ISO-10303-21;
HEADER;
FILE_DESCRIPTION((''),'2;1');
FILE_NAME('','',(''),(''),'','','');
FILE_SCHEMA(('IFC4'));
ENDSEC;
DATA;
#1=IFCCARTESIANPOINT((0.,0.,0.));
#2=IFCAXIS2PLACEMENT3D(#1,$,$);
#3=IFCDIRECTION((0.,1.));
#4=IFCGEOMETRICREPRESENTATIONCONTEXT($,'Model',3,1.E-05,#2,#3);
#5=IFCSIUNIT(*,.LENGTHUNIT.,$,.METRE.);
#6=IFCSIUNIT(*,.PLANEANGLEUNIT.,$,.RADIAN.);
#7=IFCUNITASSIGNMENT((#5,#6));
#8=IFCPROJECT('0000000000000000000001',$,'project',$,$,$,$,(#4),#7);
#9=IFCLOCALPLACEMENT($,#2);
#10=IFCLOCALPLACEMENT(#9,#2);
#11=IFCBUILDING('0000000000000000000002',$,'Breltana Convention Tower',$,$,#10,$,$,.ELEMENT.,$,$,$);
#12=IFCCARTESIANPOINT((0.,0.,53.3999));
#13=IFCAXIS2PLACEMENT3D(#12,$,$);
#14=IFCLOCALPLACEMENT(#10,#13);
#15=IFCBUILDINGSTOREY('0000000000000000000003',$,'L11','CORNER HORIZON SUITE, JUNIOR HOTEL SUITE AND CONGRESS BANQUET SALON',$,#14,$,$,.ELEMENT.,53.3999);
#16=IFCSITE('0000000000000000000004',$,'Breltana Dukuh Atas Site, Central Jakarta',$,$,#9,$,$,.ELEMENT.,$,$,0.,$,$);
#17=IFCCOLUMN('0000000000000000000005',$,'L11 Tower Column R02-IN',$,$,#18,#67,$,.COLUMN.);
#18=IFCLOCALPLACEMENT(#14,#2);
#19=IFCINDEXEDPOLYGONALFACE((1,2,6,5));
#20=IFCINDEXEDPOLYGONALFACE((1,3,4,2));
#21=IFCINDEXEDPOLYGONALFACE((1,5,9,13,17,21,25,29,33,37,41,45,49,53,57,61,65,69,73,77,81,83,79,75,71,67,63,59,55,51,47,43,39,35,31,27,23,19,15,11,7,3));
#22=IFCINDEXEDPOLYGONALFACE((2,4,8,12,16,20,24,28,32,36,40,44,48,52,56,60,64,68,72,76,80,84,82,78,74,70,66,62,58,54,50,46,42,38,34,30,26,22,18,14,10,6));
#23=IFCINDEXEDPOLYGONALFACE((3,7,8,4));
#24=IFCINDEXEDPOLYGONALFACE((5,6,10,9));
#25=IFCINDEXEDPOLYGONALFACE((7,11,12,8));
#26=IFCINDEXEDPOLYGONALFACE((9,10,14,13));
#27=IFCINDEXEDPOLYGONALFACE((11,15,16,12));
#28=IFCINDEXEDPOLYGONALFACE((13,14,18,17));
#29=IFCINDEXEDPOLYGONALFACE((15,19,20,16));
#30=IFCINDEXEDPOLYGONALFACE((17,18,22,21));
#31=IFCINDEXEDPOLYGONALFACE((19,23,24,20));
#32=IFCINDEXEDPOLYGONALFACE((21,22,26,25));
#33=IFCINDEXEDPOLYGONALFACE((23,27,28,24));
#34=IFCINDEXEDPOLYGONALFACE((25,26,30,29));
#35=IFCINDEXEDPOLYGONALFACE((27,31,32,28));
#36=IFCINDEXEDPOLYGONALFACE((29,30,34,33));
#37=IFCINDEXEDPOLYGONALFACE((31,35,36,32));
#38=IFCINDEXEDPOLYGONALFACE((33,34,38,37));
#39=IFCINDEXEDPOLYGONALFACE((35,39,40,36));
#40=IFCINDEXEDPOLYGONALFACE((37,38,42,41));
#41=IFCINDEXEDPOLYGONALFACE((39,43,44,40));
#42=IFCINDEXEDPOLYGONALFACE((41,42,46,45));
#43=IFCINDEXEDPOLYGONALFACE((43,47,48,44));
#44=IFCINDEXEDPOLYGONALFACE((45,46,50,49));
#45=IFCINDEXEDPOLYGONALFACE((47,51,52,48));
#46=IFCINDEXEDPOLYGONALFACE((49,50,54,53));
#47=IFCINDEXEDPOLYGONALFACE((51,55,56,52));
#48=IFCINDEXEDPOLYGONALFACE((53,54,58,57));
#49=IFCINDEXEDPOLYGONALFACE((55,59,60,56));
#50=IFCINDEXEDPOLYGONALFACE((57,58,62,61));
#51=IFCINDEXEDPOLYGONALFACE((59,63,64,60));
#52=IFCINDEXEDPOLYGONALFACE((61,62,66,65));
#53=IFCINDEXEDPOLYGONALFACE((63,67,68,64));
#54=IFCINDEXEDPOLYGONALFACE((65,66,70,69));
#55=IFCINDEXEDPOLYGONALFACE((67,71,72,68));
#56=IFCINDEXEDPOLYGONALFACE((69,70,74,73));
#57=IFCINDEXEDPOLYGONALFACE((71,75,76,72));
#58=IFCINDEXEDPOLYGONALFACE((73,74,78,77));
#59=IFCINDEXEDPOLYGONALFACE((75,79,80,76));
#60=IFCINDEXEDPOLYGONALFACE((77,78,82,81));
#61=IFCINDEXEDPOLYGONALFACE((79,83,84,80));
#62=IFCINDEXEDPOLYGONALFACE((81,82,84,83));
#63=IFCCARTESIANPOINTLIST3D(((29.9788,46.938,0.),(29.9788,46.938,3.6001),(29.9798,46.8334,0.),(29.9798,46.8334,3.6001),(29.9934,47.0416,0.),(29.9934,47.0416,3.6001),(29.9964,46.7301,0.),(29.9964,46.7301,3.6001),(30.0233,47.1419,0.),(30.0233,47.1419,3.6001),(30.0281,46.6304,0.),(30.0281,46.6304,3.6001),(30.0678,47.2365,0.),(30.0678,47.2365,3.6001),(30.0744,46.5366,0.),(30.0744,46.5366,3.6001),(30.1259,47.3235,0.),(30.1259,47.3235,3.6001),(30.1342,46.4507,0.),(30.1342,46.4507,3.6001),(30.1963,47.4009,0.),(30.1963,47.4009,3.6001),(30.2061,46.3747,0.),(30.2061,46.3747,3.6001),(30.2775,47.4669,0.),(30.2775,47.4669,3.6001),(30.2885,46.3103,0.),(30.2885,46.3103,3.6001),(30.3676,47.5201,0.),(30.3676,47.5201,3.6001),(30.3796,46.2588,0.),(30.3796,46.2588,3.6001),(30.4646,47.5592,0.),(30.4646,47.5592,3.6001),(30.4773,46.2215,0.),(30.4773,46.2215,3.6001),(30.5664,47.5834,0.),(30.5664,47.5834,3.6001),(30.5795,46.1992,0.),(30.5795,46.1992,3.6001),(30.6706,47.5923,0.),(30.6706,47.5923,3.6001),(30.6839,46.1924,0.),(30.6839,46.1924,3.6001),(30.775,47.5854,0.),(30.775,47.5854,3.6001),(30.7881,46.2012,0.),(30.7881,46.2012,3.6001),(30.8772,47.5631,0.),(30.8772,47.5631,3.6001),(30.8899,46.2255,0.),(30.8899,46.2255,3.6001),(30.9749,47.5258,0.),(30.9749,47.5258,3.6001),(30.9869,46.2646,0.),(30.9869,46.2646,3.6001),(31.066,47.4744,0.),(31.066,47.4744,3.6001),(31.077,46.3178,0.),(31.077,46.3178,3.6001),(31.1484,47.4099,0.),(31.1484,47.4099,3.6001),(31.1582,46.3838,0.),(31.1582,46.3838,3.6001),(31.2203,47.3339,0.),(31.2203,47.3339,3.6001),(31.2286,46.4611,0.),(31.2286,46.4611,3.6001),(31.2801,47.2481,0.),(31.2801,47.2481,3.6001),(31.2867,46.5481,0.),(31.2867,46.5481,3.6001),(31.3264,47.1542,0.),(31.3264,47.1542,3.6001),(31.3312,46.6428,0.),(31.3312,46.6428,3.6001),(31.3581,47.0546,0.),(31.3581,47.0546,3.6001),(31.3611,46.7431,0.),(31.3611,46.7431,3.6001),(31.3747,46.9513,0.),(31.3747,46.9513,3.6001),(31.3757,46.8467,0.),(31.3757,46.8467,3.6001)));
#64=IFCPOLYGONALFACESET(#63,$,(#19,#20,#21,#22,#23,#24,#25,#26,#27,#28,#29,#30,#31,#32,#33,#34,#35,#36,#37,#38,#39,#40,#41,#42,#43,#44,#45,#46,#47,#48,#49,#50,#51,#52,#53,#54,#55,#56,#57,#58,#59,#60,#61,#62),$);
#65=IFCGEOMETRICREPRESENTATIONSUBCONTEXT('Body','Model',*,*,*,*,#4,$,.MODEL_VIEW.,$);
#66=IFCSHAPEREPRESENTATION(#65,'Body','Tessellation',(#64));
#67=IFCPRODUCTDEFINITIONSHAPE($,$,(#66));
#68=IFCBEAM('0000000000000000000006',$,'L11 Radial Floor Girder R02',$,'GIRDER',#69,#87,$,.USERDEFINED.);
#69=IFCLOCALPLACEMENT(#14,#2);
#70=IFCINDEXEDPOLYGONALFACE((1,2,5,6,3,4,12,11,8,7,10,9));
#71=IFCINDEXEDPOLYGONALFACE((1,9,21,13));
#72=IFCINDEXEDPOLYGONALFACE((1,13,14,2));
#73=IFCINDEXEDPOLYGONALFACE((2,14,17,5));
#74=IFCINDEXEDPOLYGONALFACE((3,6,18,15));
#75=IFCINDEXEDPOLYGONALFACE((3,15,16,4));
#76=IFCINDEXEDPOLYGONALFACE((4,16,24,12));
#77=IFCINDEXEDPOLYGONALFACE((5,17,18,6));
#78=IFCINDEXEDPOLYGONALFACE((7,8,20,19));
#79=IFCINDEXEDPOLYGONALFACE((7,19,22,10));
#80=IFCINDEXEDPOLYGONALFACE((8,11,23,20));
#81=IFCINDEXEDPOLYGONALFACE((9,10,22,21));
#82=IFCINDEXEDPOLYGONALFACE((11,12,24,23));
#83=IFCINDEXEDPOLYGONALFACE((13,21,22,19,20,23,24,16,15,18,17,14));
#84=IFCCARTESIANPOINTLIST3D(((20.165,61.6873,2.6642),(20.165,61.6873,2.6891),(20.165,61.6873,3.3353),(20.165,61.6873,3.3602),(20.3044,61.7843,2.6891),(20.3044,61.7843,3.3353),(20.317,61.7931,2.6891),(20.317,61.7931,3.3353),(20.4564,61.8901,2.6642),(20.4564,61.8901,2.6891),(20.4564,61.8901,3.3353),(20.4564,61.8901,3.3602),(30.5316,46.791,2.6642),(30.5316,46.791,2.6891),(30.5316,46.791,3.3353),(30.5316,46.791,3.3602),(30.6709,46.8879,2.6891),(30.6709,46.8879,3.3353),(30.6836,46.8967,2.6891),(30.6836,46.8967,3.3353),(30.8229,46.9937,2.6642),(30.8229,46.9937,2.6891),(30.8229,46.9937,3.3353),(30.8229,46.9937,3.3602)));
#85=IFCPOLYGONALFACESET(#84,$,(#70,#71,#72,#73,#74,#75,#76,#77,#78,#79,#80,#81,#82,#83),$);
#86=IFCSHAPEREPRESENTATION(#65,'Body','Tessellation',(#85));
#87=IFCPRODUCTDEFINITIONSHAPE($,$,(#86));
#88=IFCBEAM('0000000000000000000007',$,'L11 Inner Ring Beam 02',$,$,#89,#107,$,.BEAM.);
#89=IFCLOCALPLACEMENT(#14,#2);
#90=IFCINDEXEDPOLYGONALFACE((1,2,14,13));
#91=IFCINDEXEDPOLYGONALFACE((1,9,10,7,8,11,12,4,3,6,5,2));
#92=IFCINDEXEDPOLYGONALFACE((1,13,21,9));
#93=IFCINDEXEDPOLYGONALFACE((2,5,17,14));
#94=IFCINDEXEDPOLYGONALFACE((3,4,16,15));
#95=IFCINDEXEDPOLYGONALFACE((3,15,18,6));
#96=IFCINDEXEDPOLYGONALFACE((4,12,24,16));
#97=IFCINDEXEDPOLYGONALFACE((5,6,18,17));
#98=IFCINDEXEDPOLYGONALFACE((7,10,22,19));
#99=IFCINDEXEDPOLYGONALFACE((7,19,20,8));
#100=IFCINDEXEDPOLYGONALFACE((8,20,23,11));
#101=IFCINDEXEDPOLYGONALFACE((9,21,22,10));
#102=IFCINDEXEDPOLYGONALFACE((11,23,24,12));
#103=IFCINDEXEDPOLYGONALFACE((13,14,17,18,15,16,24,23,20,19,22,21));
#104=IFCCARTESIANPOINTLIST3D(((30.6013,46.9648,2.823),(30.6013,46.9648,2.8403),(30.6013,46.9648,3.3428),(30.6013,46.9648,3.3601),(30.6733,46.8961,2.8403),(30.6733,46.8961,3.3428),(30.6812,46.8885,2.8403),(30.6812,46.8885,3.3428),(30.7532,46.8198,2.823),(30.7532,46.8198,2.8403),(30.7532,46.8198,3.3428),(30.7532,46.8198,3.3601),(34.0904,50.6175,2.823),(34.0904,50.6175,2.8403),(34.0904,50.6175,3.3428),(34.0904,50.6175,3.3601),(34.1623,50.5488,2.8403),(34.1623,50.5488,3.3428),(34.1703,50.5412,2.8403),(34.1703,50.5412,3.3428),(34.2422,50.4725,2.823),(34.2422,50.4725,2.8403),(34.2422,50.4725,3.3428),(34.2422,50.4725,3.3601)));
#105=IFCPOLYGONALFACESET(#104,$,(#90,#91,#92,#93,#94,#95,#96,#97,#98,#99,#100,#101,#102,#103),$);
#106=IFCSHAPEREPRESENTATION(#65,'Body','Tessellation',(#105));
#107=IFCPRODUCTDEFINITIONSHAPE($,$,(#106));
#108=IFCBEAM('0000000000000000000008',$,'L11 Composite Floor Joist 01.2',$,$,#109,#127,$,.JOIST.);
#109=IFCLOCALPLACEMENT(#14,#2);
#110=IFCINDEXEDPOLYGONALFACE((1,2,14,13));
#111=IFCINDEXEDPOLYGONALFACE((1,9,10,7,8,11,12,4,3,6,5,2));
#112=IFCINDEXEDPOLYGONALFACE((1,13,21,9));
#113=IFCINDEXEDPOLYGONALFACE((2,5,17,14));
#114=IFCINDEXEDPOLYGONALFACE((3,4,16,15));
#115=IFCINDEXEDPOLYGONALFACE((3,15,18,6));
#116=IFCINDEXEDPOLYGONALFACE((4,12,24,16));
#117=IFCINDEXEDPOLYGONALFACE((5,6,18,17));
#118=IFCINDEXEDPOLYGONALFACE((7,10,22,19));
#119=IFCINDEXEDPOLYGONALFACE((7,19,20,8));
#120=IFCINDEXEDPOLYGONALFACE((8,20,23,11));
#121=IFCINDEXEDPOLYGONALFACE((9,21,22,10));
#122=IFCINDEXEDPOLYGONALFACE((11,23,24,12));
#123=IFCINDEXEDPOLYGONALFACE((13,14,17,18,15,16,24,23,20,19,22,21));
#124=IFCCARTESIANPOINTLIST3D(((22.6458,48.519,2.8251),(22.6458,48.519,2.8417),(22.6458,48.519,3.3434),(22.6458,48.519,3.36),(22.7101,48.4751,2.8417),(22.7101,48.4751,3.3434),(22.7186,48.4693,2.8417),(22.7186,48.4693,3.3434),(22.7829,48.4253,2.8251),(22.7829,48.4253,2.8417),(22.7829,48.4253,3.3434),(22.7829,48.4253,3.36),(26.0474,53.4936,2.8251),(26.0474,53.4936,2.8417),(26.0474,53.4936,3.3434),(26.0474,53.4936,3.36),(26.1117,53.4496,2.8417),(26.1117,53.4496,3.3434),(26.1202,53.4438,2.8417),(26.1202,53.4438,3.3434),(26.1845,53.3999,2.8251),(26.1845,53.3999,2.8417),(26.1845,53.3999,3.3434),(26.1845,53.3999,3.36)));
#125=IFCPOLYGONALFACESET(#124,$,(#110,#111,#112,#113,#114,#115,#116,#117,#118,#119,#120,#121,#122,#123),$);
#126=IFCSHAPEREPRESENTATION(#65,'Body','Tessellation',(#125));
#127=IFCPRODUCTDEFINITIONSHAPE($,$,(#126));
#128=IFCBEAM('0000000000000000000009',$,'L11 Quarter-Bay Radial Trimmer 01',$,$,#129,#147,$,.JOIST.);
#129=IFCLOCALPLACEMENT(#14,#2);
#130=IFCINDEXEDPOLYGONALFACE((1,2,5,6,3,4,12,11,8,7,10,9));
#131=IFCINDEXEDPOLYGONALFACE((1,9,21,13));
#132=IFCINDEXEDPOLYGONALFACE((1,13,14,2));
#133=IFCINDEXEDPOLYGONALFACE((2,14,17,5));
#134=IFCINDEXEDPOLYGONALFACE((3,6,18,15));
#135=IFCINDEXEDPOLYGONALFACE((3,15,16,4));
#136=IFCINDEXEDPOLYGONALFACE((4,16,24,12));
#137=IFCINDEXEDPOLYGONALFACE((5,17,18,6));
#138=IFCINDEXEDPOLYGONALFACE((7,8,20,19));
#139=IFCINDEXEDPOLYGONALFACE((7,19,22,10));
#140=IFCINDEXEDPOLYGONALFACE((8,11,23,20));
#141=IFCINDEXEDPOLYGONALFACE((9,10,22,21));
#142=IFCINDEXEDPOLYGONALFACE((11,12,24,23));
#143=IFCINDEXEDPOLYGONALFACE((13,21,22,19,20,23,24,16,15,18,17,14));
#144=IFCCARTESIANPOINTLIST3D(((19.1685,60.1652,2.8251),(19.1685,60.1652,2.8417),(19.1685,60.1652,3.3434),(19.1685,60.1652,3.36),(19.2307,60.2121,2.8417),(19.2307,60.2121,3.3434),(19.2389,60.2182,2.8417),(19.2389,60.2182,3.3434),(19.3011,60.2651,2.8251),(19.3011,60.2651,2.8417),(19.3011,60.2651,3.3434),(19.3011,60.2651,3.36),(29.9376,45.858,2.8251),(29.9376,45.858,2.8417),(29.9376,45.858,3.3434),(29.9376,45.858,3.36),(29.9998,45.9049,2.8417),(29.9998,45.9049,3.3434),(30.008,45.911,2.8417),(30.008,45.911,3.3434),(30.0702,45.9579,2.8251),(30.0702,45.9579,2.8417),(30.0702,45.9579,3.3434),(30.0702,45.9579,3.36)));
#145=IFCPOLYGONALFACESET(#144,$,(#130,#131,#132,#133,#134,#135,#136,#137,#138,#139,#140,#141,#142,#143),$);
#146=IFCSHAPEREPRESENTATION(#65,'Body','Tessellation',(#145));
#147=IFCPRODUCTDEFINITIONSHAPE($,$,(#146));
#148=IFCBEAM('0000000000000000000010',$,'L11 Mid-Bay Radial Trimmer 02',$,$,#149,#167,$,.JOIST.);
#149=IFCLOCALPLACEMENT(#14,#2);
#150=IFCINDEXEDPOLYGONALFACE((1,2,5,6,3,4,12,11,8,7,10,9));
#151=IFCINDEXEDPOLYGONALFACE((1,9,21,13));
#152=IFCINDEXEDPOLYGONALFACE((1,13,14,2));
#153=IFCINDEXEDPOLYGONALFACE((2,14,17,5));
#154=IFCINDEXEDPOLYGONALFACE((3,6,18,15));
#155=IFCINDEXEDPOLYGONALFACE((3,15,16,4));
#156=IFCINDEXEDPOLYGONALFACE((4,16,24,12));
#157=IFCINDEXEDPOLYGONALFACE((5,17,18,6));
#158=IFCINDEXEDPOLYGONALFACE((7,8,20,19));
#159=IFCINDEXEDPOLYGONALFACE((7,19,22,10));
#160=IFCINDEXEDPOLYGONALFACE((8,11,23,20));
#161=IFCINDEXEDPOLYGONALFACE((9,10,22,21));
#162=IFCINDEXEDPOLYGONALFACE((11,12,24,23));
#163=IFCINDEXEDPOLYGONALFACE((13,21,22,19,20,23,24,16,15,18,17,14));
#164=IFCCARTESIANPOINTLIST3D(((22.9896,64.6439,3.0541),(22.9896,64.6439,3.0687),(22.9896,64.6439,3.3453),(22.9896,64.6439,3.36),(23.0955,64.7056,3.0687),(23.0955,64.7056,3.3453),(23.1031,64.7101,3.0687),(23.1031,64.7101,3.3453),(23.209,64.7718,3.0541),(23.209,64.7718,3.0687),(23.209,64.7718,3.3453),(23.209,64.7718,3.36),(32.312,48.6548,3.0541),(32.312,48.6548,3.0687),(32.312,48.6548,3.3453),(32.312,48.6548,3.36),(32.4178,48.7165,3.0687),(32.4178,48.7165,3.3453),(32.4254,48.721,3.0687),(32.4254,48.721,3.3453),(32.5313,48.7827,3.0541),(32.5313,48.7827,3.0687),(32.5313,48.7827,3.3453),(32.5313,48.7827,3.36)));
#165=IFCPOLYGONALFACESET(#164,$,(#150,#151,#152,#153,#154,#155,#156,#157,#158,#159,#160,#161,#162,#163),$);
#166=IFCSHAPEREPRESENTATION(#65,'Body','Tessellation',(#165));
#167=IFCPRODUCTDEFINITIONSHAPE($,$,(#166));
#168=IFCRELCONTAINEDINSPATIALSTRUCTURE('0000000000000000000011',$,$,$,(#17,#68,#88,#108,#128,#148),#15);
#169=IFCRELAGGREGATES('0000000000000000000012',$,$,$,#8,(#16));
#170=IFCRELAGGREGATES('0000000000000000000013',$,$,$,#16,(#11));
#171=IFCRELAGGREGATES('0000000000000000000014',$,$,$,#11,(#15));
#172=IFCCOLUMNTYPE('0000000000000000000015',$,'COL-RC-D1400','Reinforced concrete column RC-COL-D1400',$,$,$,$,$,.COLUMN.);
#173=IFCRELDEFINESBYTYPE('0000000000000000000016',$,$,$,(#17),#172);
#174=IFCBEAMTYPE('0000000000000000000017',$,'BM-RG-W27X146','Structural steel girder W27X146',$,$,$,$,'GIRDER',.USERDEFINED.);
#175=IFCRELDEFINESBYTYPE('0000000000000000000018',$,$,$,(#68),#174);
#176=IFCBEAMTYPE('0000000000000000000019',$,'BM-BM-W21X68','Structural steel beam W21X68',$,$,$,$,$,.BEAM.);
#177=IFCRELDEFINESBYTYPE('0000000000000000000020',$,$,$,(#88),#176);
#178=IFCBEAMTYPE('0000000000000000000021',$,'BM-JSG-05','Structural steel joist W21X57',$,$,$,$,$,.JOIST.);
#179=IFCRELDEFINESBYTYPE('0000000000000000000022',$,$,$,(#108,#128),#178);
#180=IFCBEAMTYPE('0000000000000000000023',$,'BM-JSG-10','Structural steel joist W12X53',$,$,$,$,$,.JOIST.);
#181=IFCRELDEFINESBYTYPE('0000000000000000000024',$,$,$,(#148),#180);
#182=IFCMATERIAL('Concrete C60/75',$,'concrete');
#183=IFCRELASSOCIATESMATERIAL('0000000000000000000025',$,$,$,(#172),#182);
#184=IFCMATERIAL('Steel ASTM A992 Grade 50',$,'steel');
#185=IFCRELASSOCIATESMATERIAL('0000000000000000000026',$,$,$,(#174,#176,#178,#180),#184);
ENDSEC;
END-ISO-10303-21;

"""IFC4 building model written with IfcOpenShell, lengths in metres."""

from ifc_helpers import new_model, si_unit, direction, frame, origin, origin_2d, place, context, subcontext, project, spatial, circle, i_section, extrude, source, transform, mapped, material, material_profile, profile_set, type_object, element, save


model = new_model("IFC4")

# Units and contexts
model_context = context("Model", 3, precision=1e-05, world=origin(), true_north=direction((0.0, 1.0)))
body_context = subcontext(model_context, "Body", "Model", "MODEL_VIEW")
ifc_project = project(units=[si_unit("LENGTHUNIT", "METRE"), si_unit("PLANEANGLEUNIT", "RADIAN")], contexts=[model_context])

# Site, building, storey
site_placement = place(None, origin())
site = spatial("IfcSite", under=ifc_project, at=site_placement, Name="Breltana Dukuh Atas Site, Central Jakarta", CompositionType="ELEMENT", RefElevation=0.0)
building_placement = place(site_placement, origin())
building = spatial("IfcBuilding", under=site, at=building_placement, Name="Breltana Convention Tower", CompositionType="ELEMENT")
storey_placement = place(building_placement, frame((0.0, 0.0, 53.3999)))
storey = spatial("IfcBuildingStorey", under=building, at=storey_placement, Name="L11", Description="CORNER HORIZON SUITE, JUNIOR HOTEL SUITE AND CONGRESS BANQUET SALON", CompositionType="ELEMENT", Elevation=53.3999)

# Column
ifc_material_1 = material(Name="Concrete C60/75", Category="concrete")
ifc_material_profile_1 = material_profile(ifc_material_1, circle(Radius=0.7, at=origin_2d()), Name="RC-COL-D1400")
ifc_profile_set_1 = profile_set([ifc_material_profile_1], Name="Concrete C60/75")
column_type = type_object("IfcColumnType", Name="COL-RC-D1400", Description="Reinforced concrete column RC-COL-D1400", PredefinedType="COLUMN", material=ifc_profile_set_1)
shared_shape_1 = source(origin(), body_context, "Body", "SweptSolid", [
    extrude(circle(Radius=0.7, at=origin_2d()), origin(), (0.0, 0.0, 1.0), 3.6001),
])
column_placement = place(storey_placement, frame((30.6772, 46.8923, 0.0), z_axis=(0.0, 0.0, 1.0), x_axis=(-0.571143, 0.82085, 0.0)))
element("IfcColumn", 1, at=column_placement, inside=storey, type_object=column_type, Name="L11 Tower Column R02-IN", PredefinedType="COLUMN", context=body_context, shape_type="MappedRepresentation", body=[
    mapped(shared_shape_1, transform((0.0, 0.0, 0.0), scale=1.0)),
])

# Beams
ifc_material_2 = material(Name="Steel ASTM A992 Grade 50", Category="steel")
ifc_material_profile_2 = material_profile(ifc_material_2, i_section(OverallWidth=0.355, OverallDepth=0.696, WebThickness=0.0154, FlangeThickness=0.0249, at=origin_2d()), Name="W27X146")
ifc_profile_set_2 = profile_set([ifc_material_profile_2], Name="Steel ASTM A992 Grade 50")
beam_type_1 = type_object("IfcBeamType", Name="BM-RG-W27X146", Description="Structural steel girder W27X146", ElementType="GIRDER", PredefinedType="USERDEFINED", material=ifc_profile_set_2)
shared_shape_2 = source(origin(), body_context, "Body", "SweptSolid", [
    extrude(i_section(OverallWidth=0.355, OverallDepth=0.696, WebThickness=0.0154, FlangeThickness=0.0249, at=origin_2d()), origin(), (0.0, 0.0, 1.0), 18.1484),
])
beam_1_placement = place(storey_placement, frame((30.6772, 46.8923, 3.0122), z_axis=(-0.571208, 0.820806, 0.0), x_axis=(-0.820806, -0.571208, 0.0)))
element("IfcBeam", 2, at=beam_1_placement, inside=storey, type_object=beam_type_1, Name="L11 Radial Floor Girder R02", ObjectType="GIRDER", PredefinedType="USERDEFINED", context=body_context, shape_type="MappedRepresentation", body=[
    mapped(shared_shape_2, transform((0.0, 0.0, 0.0), scale=1.0)),
])
ifc_material_profile_3 = material_profile(ifc_material_2, i_section(OverallWidth=0.21, OverallDepth=0.5371, WebThickness=0.011, FlangeThickness=0.0173, at=origin_2d()), Name="W21X68")
ifc_profile_set_3 = profile_set([ifc_material_profile_3], Name="Steel ASTM A992 Grade 50")
beam_type_2 = type_object("IfcBeamType", Name="BM-BM-W21X68", Description="Structural steel beam W21X68", PredefinedType="BEAM", material=ifc_profile_set_3)
shared_shape_3 = source(origin(), body_context, "Body", "SweptSolid", [
    extrude(i_section(OverallWidth=0.21, OverallDepth=0.5371, WebThickness=0.011, FlangeThickness=0.0173, at=origin_2d()), origin(), (0.0, 0.0, 1.0), 5.0513),
])
beam_2_placement = place(storey_placement, frame((30.6772, 46.8923, 3.0916), z_axis=(0.69073, 0.723113, 0.0), x_axis=(-0.723113, 0.69073, 0.0)))
element("IfcBeam", 3, at=beam_2_placement, inside=storey, type_object=beam_type_2, Name="L11 Inner Ring Beam 02", PredefinedType="BEAM", context=body_context, shape_type="MappedRepresentation", body=[
    mapped(shared_shape_3, transform((0.0, 0.0, 0.0), scale=1.0)),
])
ifc_material_profile_4 = material_profile(ifc_material_2, i_section(OverallWidth=0.166, OverallDepth=0.5349, WebThickness=0.0103, FlangeThickness=0.0166, at=origin_2d()), Name="W21X57")
ifc_profile_set_4 = profile_set([ifc_material_profile_4], Name="Steel ASTM A992 Grade 50")
beam_type_3 = type_object("IfcBeamType", Name="BM-JSG-05", Description="Structural steel joist W21X57", PredefinedType="JOIST", material=ifc_profile_set_4)
shared_shape_4 = source(origin(), body_context, "Body", "SweptSolid", [
    extrude(i_section(OverallWidth=0.166, OverallDepth=0.5349, WebThickness=0.0103, FlangeThickness=0.0166, at=origin_2d()), origin(), (0.0, 0.0, 1.0), 6.0264),
])
beam_3_placement = place(storey_placement, frame((22.7144, 48.4722, 3.0925), z_axis=(0.56445, 0.825467, 0.0), x_axis=(-0.825467, 0.56445, 0.0)))
element("IfcBeam", 4, at=beam_3_placement, inside=storey, type_object=beam_type_3, Name="L11 Composite Floor Joist 01.2", PredefinedType="JOIST", context=body_context, shape_type="MappedRepresentation", body=[
    mapped(shared_shape_4, transform((0.0, 0.0, 0.0), scale=1.0)),
])
shared_shape_5 = source(origin(), body_context, "Body", "SweptSolid", [
    extrude(i_section(OverallWidth=0.166, OverallDepth=0.5349, WebThickness=0.0103, FlangeThickness=0.0166, at=origin_2d()), origin(), (0.0, 0.0, 1.0), 17.9072),
])
beam_4_placement = place(storey_placement, frame((30.0039, 45.908, 3.0925), z_axis=(-0.601382, 0.798962, 0.0), x_axis=(-0.798962, -0.601382, 0.0)))
element("IfcBeam", 5, at=beam_4_placement, inside=storey, type_object=beam_type_3, Name="L11 Quarter-Bay Radial Trimmer 01", PredefinedType="JOIST", context=body_context, shape_type="MappedRepresentation", body=[
    mapped(shared_shape_5, transform((0.0, 0.0, 0.0), scale=1.0)),
])
ifc_material_profile_5 = material_profile(ifc_material_2, i_section(OverallWidth=0.2539, OverallDepth=0.3059, WebThickness=0.0088, FlangeThickness=0.0146, at=origin_2d()), Name="W12X53")
ifc_profile_set_5 = profile_set([ifc_material_profile_5], Name="Steel ASTM A992 Grade 50")
beam_type_4 = type_object("IfcBeamType", Name="BM-JSG-10", Description="Structural steel joist W12X53", PredefinedType="JOIST", material=ifc_profile_set_5)
shared_shape_6 = source(origin(), body_context, "Body", "SweptSolid", [
    extrude(i_section(OverallWidth=0.2539, OverallDepth=0.3059, WebThickness=0.0088, FlangeThickness=0.0146, at=origin_2d()), origin(), (0.0, 0.0, 1.0), 18.5083),
])
beam_5_placement = place(storey_placement, frame((32.4216, 48.7188, 3.207), z_axis=(-0.503683, 0.863888, 0.0), x_axis=(-0.863888, -0.503683, 0.0)))
element("IfcBeam", 6, at=beam_5_placement, inside=storey, type_object=beam_type_4, Name="L11 Mid-Bay Radial Trimmer 02", PredefinedType="JOIST", context=body_context, shape_type="MappedRepresentation", body=[
    mapped(shared_shape_6, transform((0.0, 0.0, 0.0), scale=1.0)),
])

save(model, "model.ifc")
